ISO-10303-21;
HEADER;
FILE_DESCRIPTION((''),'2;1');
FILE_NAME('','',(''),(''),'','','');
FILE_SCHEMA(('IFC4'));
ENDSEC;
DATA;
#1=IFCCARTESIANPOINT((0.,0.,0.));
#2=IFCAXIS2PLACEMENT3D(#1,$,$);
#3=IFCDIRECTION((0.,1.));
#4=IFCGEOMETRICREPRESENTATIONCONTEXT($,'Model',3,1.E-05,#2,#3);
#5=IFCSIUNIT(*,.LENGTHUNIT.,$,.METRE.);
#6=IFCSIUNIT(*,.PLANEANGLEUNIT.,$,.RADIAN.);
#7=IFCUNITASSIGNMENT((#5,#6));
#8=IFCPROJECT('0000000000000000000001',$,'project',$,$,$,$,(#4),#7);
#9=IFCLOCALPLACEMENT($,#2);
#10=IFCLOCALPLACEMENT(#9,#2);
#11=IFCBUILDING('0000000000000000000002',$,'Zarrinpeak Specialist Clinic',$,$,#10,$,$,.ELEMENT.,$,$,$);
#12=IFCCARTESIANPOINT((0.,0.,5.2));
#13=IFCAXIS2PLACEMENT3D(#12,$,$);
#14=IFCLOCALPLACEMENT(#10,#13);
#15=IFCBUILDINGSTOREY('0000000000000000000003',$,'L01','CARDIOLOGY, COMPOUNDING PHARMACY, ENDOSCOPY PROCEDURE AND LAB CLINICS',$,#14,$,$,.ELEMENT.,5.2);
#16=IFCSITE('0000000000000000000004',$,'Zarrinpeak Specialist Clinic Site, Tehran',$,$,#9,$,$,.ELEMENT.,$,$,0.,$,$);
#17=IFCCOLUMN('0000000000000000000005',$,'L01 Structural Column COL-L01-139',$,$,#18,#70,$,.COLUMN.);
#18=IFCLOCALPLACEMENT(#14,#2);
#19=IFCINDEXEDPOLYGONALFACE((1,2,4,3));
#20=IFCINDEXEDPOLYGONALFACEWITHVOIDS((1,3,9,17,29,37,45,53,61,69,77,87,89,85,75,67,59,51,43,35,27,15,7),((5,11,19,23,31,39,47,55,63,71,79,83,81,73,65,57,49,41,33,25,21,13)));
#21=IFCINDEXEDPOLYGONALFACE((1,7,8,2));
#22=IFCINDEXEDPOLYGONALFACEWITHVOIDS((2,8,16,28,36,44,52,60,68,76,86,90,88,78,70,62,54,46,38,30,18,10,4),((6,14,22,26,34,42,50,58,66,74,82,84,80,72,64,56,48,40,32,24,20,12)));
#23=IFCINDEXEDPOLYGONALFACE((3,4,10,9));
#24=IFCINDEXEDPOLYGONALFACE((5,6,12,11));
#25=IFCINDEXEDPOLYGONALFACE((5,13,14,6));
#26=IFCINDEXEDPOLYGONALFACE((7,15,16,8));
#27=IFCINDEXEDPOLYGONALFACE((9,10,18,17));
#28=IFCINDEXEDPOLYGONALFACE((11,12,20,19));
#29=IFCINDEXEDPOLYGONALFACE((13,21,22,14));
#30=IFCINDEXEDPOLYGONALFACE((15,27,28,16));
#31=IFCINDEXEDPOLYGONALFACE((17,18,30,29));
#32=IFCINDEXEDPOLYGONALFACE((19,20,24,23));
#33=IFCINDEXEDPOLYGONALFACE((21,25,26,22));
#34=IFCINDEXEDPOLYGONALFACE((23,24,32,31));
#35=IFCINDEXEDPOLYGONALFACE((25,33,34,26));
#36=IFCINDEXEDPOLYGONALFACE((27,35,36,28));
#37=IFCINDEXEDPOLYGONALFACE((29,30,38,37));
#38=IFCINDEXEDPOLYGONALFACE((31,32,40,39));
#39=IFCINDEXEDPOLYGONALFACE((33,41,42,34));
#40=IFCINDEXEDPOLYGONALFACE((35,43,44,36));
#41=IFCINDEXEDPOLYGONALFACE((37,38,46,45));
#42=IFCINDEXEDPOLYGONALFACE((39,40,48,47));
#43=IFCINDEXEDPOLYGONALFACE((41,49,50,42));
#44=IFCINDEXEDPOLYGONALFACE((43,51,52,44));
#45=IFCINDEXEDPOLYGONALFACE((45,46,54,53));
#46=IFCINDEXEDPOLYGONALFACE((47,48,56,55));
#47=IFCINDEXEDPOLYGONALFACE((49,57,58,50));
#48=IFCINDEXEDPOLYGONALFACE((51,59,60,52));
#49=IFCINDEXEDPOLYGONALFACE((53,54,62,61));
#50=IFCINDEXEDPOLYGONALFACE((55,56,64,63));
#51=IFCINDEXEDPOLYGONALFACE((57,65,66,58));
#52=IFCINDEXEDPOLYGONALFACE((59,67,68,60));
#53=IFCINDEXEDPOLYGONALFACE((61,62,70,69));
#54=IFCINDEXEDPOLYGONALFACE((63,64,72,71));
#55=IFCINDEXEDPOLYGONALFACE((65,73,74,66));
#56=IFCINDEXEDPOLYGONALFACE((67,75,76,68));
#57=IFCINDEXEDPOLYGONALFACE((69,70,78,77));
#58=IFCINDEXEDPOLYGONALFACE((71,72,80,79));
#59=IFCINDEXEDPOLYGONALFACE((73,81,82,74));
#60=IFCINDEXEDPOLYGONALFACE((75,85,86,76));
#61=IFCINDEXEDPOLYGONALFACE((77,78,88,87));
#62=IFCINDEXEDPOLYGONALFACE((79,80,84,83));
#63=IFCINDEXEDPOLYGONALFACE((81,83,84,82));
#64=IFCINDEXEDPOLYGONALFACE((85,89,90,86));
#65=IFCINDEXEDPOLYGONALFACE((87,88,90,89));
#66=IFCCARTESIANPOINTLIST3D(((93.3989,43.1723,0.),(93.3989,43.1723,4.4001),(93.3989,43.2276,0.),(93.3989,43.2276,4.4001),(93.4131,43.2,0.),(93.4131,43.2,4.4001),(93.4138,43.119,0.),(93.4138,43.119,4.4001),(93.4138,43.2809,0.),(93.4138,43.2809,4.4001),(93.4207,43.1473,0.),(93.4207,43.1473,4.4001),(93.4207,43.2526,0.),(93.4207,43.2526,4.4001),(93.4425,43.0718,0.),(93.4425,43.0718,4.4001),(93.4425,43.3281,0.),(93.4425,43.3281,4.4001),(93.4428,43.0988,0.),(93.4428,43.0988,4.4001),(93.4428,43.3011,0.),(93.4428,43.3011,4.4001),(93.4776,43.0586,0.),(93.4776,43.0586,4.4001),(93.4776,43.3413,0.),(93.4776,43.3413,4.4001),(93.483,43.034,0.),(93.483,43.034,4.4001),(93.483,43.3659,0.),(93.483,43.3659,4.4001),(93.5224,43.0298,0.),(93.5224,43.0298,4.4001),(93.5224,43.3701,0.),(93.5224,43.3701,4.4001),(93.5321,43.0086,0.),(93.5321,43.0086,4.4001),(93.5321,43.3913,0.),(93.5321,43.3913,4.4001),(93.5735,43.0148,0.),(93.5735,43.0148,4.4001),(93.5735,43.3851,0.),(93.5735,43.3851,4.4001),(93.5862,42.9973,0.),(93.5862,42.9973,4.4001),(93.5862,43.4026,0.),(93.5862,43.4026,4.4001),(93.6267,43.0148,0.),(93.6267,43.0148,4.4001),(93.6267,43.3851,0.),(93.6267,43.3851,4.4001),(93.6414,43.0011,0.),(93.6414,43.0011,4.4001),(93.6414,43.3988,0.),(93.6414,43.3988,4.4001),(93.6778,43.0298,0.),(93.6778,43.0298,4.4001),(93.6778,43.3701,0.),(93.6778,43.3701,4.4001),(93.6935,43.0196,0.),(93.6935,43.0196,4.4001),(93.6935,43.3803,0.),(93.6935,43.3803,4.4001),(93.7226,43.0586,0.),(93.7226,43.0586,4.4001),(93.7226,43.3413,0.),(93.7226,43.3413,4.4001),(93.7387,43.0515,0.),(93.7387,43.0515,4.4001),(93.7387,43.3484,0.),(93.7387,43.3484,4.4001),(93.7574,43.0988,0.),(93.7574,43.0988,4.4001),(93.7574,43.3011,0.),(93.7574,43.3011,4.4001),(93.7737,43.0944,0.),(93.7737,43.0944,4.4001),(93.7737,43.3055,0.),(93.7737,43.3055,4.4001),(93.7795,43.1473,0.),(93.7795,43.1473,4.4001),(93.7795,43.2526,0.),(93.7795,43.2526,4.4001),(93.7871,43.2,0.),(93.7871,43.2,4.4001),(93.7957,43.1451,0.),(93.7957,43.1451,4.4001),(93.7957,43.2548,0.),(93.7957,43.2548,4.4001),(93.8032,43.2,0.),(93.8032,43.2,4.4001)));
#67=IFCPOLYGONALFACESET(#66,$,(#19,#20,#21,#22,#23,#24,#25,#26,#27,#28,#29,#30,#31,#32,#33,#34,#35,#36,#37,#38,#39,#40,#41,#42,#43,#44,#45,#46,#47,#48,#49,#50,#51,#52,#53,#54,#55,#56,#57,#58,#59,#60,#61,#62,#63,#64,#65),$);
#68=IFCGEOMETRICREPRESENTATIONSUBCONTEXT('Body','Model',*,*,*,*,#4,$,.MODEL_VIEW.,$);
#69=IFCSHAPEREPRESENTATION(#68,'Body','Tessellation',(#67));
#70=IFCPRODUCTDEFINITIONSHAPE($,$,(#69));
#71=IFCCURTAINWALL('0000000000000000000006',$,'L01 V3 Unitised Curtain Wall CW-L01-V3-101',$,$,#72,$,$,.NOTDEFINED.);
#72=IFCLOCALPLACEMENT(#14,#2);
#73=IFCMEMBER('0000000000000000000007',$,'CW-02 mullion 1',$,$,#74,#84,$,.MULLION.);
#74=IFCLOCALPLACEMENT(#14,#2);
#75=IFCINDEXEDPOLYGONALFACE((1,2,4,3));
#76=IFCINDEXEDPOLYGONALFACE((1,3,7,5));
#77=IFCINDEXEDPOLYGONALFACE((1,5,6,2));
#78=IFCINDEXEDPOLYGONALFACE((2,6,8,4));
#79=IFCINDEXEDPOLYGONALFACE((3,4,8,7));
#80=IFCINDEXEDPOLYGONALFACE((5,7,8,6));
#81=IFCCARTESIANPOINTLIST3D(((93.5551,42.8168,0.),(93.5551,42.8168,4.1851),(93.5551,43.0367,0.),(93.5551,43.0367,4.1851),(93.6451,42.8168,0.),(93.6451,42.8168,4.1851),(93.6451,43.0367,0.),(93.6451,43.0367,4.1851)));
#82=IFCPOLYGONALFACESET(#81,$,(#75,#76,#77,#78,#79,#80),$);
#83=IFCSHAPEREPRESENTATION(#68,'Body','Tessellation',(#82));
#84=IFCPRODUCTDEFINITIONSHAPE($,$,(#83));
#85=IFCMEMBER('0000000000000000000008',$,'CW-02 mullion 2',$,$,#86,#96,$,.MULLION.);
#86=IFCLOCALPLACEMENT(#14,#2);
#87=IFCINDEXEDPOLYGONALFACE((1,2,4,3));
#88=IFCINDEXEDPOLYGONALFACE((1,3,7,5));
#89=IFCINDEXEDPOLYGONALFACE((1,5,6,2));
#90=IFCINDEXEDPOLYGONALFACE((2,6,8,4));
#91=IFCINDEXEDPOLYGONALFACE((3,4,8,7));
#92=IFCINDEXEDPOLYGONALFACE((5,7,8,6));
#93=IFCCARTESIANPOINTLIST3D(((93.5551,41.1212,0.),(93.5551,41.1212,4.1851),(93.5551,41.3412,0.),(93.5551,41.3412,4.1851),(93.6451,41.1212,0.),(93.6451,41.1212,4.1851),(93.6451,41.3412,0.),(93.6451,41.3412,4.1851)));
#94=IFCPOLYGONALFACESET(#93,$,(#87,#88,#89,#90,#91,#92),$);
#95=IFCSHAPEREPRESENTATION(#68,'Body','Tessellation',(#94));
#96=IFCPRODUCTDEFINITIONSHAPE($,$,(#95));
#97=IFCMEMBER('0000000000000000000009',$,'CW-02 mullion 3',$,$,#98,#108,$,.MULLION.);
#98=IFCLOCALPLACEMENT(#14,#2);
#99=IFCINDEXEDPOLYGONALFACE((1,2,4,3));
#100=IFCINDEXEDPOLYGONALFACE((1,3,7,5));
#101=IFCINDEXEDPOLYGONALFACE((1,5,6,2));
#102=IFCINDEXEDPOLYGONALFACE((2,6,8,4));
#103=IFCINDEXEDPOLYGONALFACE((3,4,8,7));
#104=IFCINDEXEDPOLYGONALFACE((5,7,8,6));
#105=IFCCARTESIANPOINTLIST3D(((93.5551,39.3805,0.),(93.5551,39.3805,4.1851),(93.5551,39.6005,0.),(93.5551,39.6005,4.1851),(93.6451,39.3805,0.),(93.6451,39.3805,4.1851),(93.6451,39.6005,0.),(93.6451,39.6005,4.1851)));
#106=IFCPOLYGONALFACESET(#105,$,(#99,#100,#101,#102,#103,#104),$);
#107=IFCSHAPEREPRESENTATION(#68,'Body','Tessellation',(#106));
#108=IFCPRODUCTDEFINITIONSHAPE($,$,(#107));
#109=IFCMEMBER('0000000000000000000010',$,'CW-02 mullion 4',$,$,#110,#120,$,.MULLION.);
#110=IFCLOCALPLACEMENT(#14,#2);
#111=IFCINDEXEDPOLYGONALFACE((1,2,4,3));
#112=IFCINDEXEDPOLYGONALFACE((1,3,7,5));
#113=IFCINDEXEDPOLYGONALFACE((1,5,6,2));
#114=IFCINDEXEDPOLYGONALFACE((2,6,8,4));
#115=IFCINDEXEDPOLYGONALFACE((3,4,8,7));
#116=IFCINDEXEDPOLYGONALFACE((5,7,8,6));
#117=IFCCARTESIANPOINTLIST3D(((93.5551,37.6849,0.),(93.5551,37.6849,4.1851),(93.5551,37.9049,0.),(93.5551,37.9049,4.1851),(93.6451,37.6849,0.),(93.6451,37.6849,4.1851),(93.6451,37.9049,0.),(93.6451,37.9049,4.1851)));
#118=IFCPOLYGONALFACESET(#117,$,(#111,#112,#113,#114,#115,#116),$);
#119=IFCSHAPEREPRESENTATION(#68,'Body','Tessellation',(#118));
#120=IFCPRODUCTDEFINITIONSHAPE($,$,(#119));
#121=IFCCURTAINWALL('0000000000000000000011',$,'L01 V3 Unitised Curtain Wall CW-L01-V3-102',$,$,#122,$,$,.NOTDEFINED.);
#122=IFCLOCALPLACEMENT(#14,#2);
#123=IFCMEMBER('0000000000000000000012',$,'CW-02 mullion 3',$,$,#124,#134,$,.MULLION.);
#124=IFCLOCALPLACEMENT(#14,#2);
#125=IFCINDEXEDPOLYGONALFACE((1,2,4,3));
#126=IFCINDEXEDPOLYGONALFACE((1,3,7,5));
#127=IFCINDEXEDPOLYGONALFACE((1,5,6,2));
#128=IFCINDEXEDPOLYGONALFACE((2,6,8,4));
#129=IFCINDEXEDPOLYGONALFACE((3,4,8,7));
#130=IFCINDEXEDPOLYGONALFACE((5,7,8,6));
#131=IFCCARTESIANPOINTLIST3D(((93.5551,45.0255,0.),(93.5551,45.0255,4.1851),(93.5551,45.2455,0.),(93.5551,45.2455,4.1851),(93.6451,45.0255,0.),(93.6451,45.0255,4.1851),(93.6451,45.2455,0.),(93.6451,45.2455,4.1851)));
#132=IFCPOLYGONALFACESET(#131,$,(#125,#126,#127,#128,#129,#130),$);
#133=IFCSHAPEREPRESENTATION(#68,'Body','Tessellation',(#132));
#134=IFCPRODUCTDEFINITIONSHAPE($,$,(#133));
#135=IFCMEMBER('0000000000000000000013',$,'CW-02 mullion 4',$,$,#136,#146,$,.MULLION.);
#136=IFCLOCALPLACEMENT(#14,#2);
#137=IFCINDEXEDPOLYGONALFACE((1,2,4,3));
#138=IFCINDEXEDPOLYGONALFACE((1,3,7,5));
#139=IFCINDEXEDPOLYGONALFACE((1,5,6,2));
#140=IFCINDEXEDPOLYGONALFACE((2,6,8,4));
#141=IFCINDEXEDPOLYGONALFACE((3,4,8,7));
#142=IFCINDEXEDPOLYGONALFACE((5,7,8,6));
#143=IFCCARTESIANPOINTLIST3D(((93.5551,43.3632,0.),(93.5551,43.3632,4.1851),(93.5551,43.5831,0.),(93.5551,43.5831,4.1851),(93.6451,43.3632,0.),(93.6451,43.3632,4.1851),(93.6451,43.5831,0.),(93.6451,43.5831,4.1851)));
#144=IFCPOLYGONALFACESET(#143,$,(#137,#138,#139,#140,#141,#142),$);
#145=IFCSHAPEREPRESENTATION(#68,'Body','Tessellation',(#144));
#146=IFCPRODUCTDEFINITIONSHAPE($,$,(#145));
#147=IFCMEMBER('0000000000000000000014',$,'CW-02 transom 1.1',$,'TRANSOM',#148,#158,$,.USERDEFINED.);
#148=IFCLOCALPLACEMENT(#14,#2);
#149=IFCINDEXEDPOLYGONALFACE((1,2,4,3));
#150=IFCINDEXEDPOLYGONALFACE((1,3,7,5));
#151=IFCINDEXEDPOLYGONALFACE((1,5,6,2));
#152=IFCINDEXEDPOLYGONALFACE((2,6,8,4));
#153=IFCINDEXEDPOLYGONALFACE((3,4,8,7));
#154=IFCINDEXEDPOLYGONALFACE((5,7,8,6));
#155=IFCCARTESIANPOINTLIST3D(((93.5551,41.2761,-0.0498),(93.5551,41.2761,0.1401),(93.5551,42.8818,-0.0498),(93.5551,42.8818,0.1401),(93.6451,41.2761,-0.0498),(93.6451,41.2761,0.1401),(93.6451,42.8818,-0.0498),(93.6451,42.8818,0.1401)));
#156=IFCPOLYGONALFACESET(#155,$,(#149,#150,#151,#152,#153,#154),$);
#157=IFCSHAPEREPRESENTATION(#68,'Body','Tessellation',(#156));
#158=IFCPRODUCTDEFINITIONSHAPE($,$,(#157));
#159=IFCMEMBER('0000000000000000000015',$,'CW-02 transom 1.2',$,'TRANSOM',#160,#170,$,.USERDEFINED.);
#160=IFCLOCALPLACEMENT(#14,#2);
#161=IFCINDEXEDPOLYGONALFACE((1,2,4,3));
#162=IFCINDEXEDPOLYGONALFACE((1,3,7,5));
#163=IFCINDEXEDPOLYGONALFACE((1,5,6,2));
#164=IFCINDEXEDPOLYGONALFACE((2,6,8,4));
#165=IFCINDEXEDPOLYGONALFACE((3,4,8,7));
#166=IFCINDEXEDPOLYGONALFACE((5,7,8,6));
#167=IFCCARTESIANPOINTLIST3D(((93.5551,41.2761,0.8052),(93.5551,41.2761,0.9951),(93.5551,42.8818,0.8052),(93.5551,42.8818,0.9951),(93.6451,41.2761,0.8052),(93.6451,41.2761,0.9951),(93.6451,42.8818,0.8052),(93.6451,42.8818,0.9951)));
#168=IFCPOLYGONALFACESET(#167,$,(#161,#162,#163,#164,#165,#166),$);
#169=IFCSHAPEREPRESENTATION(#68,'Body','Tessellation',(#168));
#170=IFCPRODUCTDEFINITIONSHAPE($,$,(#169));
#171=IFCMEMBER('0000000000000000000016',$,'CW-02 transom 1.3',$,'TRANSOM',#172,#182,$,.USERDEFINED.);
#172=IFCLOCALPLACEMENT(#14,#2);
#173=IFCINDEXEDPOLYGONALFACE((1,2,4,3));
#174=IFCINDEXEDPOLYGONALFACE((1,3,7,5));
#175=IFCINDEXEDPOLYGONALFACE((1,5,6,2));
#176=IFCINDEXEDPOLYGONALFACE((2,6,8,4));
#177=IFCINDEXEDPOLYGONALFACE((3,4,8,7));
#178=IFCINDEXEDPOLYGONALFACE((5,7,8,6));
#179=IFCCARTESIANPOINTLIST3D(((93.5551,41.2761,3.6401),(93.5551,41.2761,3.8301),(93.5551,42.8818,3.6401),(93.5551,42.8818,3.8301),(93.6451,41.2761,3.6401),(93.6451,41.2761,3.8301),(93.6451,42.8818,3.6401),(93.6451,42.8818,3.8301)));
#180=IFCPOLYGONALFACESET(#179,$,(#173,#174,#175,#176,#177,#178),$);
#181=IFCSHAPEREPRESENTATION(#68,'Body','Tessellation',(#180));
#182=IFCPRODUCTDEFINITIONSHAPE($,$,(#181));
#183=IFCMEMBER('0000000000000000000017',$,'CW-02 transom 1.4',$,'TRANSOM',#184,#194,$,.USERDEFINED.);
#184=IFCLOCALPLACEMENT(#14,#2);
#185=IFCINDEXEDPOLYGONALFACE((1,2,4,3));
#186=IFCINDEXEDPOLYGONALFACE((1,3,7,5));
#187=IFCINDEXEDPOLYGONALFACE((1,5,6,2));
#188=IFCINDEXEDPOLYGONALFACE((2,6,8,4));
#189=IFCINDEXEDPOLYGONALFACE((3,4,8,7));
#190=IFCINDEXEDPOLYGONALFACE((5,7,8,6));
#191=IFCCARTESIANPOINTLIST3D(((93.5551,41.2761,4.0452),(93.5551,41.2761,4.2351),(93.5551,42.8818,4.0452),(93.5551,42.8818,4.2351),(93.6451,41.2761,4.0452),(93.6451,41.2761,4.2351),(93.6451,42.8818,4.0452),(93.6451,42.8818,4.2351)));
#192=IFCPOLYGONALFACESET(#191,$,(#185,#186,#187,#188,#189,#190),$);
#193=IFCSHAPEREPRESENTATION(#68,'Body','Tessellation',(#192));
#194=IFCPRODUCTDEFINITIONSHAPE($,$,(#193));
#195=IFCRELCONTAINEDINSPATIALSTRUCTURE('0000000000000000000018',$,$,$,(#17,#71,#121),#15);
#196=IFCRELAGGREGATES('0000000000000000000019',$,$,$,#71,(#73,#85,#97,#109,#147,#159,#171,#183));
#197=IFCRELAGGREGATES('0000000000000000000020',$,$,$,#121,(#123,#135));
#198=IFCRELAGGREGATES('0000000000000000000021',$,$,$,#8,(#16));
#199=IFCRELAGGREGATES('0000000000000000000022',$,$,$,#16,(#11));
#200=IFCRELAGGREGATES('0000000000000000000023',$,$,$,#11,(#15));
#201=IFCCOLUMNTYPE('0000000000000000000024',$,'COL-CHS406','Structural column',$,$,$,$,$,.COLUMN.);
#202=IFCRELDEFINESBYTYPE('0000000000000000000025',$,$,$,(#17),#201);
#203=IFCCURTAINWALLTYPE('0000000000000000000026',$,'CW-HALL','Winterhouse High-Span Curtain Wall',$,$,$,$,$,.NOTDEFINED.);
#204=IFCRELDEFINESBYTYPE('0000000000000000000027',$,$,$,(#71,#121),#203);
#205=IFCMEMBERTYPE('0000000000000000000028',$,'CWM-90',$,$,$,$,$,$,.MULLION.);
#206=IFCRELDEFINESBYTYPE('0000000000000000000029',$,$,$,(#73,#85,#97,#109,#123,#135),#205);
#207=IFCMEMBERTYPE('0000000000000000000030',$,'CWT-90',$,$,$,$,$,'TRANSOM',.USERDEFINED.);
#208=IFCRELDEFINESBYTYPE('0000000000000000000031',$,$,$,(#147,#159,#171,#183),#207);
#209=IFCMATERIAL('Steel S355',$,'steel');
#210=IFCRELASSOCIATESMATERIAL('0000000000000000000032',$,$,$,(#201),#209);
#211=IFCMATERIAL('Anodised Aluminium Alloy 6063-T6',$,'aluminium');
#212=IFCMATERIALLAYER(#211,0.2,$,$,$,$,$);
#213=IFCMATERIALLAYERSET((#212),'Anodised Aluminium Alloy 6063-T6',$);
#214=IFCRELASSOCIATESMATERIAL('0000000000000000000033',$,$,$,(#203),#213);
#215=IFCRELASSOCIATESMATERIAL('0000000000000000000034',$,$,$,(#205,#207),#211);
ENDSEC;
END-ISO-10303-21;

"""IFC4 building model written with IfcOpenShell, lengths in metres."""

from ifc_helpers import new_model, si_unit, direction, frame, origin, origin_2d, place, context, subcontext, project, spatial, rectangle, hollow_circle, extrude, material, layer, layer_set, material_profile, profile_set, type_object, element, aggregate, save


model = new_model("IFC4")

# Units and contexts
model_context = context("Model", 3, precision=1e-05, world=origin(), true_north=direction((0.0, 1.0)))
body_context = subcontext(model_context, "Body", "Model", "MODEL_VIEW")
ifc_project = project(units=[si_unit("LENGTHUNIT", "METRE"), si_unit("PLANEANGLEUNIT", "RADIAN")], contexts=[model_context])

# Site, building, storey
site_placement = place(None, origin())
site = spatial("IfcSite", under=ifc_project, at=site_placement, Name="Zarrinpeak Specialist Clinic Site, Tehran", CompositionType="ELEMENT", RefElevation=0.0)
building_placement = place(site_placement, origin())
building = spatial("IfcBuilding", under=site, at=building_placement, Name="Zarrinpeak Specialist Clinic", CompositionType="ELEMENT")
storey_placement = place(building_placement, frame((0.0, 0.0, 5.2)))
storey = spatial("IfcBuildingStorey", under=building, at=storey_placement, Name="L01", Description="CARDIOLOGY, COMPOUNDING PHARMACY, ENDOSCOPY PROCEDURE AND LAB CLINICS", CompositionType="ELEMENT", Elevation=5.2)

# Column
ifc_material_1 = material(Name="Steel S355", Category="steel")
ifc_material_profile_1 = material_profile(ifc_material_1, hollow_circle(Radius=0.2031, WallThickness=0.0161, at=origin_2d()), Name="CHS 406.4x16.0")
ifc_profile_set_1 = profile_set([ifc_material_profile_1], Name="Steel S355")
column_type = type_object("IfcColumnType", Name="COL-CHS406", Description="Structural column", PredefinedType="COLUMN", material=ifc_profile_set_1)
column_placement = place(storey_placement, frame((93.6001, 43.2, 0.0), z_axis=(0.0, 0.0, 1.0), x_axis=(1.0, 0.0, 0.0)))
element("IfcColumn", 1, at=column_placement, inside=storey, type_object=column_type, Name="L01 Structural Column COL-L01-139", PredefinedType="COLUMN", context=body_context, shape_type="SweptSolid", body=[
    extrude(hollow_circle(Radius=0.2031, WallThickness=0.0161, at=origin_2d()), origin(), (0.0, 0.0, 1.0), 4.4001),
])

# Curtain walls, members
ifc_material_2 = material(Name="Anodised Aluminium Alloy 6063-T6", Category="aluminium")
ifc_layer_1 = layer(ifc_material_2, 0.2)
ifc_layer_set_1 = layer_set([ifc_layer_1], Name="Anodised Aluminium Alloy 6063-T6")
curtain_wall_type = type_object("IfcCurtainWallType", Name="CW-HALL", Description="Winterhouse High-Span Curtain Wall", PredefinedType="NOTDEFINED", material=ifc_layer_set_1)
curtain_wall_1_placement = place(storey_placement, origin())
curtain_wall_1 = element("IfcCurtainWall", 2, at=curtain_wall_1_placement, inside=storey, type_object=curtain_wall_type, Name="L01 V3 Unitised Curtain Wall CW-L01-V3-101", PredefinedType="NOTDEFINED")
ifc_material_profile_2 = material_profile(ifc_material_2, rectangle(XDim=0.0901, YDim=0.22, at=origin_2d()), Name="ALU 90x220")
ifc_profile_set_2 = profile_set([ifc_material_profile_2], Name="Anodised Aluminium Alloy 6063-T6")
member_type_1 = type_object("IfcMemberType", Name="CWM-90", PredefinedType="MULLION", material=ifc_profile_set_2)
member_1_placement = place(storey_placement, frame((93.6001, 42.9268, 0.0), z_axis=(0.0, 0.0, 1.0), x_axis=(1.0, 0.0, 0.0)))
member_1 = element("IfcMember", 3, at=member_1_placement, type_object=member_type_1, Name="CW-02 mullion 1", PredefinedType="MULLION", context=body_context, shape_type="SweptSolid", body=[
    extrude(rectangle(XDim=0.0901, YDim=0.22, at=origin_2d()), origin(), (0.0, 0.0, 1.0), 4.1851),
])
member_2_placement = place(storey_placement, frame((93.6001, 41.2312, 0.0), z_axis=(0.0, 0.0, 1.0), x_axis=(1.0, 0.0, 0.0)))
member_2 = element("IfcMember", 4, at=member_2_placement, type_object=member_type_1, Name="CW-02 mullion 2", PredefinedType="MULLION", context=body_context, shape_type="SweptSolid", body=[
    extrude(rectangle(XDim=0.0901, YDim=0.22, at=origin_2d()), origin(), (0.0, 0.0, 1.0), 4.1851),
])
member_3_placement = place(storey_placement, frame((93.6001, 39.4905, 0.0), z_axis=(0.0, 0.0, 1.0), x_axis=(1.0, 0.0, 0.0)))
member_3 = element("IfcMember", 5, at=member_3_placement, type_object=member_type_1, Name="CW-02 mullion 3", PredefinedType="MULLION", context=body_context, shape_type="SweptSolid", body=[
    extrude(rectangle(XDim=0.0901, YDim=0.22, at=origin_2d()), origin(), (0.0, 0.0, 1.0), 4.1851),
])
member_4_placement = place(storey_placement, frame((93.6001, 37.7949, 0.0), z_axis=(0.0, 0.0, 1.0), x_axis=(1.0, 0.0, 0.0)))
member_4 = element("IfcMember", 6, at=member_4_placement, type_object=member_type_1, Name="CW-02 mullion 4", PredefinedType="MULLION", context=body_context, shape_type="SweptSolid", body=[
    extrude(rectangle(XDim=0.0901, YDim=0.22, at=origin_2d()), origin(), (0.0, 0.0, 1.0), 4.1851),
])
curtain_wall_2_placement = place(storey_placement, origin())
curtain_wall_2 = element("IfcCurtainWall", 7, at=curtain_wall_2_placement, inside=storey, type_object=curtain_wall_type, Name="L01 V3 Unitised Curtain Wall CW-L01-V3-102", PredefinedType="NOTDEFINED")
member_5_placement = place(storey_placement, frame((93.6001, 45.1355, 0.0), z_axis=(0.0, 0.0, 1.0), x_axis=(1.0, 0.0, 0.0)))
member_5 = element("IfcMember", 8, at=member_5_placement, type_object=member_type_1, Name="CW-02 mullion 3", PredefinedType="MULLION", context=body_context, shape_type="SweptSolid", body=[
    extrude(rectangle(XDim=0.0901, YDim=0.22, at=origin_2d()), origin(), (0.0, 0.0, 1.0), 4.1851),
])
member_6_placement = place(storey_placement, frame((93.6001, 43.4731, 0.0), z_axis=(0.0, 0.0, 1.0), x_axis=(1.0, 0.0, 0.0)))
member_6 = element("IfcMember", 9, at=member_6_placement, type_object=member_type_1, Name="CW-02 mullion 4", PredefinedType="MULLION", context=body_context, shape_type="SweptSolid", body=[
    extrude(rectangle(XDim=0.0901, YDim=0.22, at=origin_2d()), origin(), (0.0, 0.0, 1.0), 4.1851),
])

# Members
ifc_material_profile_3 = material_profile(ifc_material_2, rectangle(XDim=0.0901, YDim=0.1899, at=origin_2d()), Name="ALU 90x190")
ifc_profile_set_3 = profile_set([ifc_material_profile_3], Name="Anodised Aluminium Alloy 6063-T6")
member_type_2 = type_object("IfcMemberType", Name="CWT-90", ElementType="TRANSOM", PredefinedType="USERDEFINED", material=ifc_profile_set_3)
member_7_placement = place(storey_placement, frame((93.6001, 42.8818, 0.0452), z_axis=(0.0, -1.0, 0.0), x_axis=(1.0, 0.0, 0.0)))
member_7 = element("IfcMember", 10, at=member_7_placement, type_object=member_type_2, Name="CW-02 transom 1.1", ObjectType="TRANSOM", PredefinedType="USERDEFINED", context=body_context, shape_type="SweptSolid", body=[
    extrude(rectangle(XDim=0.0901, YDim=0.1899, at=origin_2d()), origin(), (0.0, 0.0, 1.0), 1.6057),
])
member_8_placement = place(storey_placement, frame((93.6001, 42.8818, 0.9001), z_axis=(0.0, -1.0, 0.0), x_axis=(1.0, 0.0, 0.0)))
member_8 = element("IfcMember", 11, at=member_8_placement, type_object=member_type_2, Name="CW-02 transom 1.2", ObjectType="TRANSOM", PredefinedType="USERDEFINED", context=body_context, shape_type="SweptSolid", body=[
    extrude(rectangle(XDim=0.0901, YDim=0.1899, at=origin_2d()), origin(), (0.0, 0.0, 1.0), 1.6057),
])
member_9_placement = place(storey_placement, frame((93.6001, 42.8818, 3.7351), z_axis=(0.0, -1.0, 0.0), x_axis=(1.0, 0.0, 0.0)))
member_9 = element("IfcMember", 12, at=member_9_placement, type_object=member_type_2, Name="CW-02 transom 1.3", ObjectType="TRANSOM", PredefinedType="USERDEFINED", context=body_context, shape_type="SweptSolid", body=[
    extrude(rectangle(XDim=0.0901, YDim=0.1899, at=origin_2d()), origin(), (0.0, 0.0, 1.0), 1.6057),
])
member_10_placement = place(storey_placement, frame((93.6001, 42.8818, 4.1401), z_axis=(0.0, -1.0, 0.0), x_axis=(1.0, 0.0, 0.0)))
member_10 = element("IfcMember", 13, at=member_10_placement, type_object=member_type_2, Name="CW-02 transom 1.4", ObjectType="TRANSOM", PredefinedType="USERDEFINED", context=body_context, shape_type="SweptSolid", body=[
    extrude(rectangle(XDim=0.0901, YDim=0.1899, at=origin_2d()), origin(), (0.0, 0.0, 1.0), 1.6057),
])

aggregate(curtain_wall_1, [member_1, member_2, member_3, member_4, member_7, member_8, member_9, member_10])
aggregate(curtain_wall_2, [member_5, member_6])

save(model, "model.ifc")
